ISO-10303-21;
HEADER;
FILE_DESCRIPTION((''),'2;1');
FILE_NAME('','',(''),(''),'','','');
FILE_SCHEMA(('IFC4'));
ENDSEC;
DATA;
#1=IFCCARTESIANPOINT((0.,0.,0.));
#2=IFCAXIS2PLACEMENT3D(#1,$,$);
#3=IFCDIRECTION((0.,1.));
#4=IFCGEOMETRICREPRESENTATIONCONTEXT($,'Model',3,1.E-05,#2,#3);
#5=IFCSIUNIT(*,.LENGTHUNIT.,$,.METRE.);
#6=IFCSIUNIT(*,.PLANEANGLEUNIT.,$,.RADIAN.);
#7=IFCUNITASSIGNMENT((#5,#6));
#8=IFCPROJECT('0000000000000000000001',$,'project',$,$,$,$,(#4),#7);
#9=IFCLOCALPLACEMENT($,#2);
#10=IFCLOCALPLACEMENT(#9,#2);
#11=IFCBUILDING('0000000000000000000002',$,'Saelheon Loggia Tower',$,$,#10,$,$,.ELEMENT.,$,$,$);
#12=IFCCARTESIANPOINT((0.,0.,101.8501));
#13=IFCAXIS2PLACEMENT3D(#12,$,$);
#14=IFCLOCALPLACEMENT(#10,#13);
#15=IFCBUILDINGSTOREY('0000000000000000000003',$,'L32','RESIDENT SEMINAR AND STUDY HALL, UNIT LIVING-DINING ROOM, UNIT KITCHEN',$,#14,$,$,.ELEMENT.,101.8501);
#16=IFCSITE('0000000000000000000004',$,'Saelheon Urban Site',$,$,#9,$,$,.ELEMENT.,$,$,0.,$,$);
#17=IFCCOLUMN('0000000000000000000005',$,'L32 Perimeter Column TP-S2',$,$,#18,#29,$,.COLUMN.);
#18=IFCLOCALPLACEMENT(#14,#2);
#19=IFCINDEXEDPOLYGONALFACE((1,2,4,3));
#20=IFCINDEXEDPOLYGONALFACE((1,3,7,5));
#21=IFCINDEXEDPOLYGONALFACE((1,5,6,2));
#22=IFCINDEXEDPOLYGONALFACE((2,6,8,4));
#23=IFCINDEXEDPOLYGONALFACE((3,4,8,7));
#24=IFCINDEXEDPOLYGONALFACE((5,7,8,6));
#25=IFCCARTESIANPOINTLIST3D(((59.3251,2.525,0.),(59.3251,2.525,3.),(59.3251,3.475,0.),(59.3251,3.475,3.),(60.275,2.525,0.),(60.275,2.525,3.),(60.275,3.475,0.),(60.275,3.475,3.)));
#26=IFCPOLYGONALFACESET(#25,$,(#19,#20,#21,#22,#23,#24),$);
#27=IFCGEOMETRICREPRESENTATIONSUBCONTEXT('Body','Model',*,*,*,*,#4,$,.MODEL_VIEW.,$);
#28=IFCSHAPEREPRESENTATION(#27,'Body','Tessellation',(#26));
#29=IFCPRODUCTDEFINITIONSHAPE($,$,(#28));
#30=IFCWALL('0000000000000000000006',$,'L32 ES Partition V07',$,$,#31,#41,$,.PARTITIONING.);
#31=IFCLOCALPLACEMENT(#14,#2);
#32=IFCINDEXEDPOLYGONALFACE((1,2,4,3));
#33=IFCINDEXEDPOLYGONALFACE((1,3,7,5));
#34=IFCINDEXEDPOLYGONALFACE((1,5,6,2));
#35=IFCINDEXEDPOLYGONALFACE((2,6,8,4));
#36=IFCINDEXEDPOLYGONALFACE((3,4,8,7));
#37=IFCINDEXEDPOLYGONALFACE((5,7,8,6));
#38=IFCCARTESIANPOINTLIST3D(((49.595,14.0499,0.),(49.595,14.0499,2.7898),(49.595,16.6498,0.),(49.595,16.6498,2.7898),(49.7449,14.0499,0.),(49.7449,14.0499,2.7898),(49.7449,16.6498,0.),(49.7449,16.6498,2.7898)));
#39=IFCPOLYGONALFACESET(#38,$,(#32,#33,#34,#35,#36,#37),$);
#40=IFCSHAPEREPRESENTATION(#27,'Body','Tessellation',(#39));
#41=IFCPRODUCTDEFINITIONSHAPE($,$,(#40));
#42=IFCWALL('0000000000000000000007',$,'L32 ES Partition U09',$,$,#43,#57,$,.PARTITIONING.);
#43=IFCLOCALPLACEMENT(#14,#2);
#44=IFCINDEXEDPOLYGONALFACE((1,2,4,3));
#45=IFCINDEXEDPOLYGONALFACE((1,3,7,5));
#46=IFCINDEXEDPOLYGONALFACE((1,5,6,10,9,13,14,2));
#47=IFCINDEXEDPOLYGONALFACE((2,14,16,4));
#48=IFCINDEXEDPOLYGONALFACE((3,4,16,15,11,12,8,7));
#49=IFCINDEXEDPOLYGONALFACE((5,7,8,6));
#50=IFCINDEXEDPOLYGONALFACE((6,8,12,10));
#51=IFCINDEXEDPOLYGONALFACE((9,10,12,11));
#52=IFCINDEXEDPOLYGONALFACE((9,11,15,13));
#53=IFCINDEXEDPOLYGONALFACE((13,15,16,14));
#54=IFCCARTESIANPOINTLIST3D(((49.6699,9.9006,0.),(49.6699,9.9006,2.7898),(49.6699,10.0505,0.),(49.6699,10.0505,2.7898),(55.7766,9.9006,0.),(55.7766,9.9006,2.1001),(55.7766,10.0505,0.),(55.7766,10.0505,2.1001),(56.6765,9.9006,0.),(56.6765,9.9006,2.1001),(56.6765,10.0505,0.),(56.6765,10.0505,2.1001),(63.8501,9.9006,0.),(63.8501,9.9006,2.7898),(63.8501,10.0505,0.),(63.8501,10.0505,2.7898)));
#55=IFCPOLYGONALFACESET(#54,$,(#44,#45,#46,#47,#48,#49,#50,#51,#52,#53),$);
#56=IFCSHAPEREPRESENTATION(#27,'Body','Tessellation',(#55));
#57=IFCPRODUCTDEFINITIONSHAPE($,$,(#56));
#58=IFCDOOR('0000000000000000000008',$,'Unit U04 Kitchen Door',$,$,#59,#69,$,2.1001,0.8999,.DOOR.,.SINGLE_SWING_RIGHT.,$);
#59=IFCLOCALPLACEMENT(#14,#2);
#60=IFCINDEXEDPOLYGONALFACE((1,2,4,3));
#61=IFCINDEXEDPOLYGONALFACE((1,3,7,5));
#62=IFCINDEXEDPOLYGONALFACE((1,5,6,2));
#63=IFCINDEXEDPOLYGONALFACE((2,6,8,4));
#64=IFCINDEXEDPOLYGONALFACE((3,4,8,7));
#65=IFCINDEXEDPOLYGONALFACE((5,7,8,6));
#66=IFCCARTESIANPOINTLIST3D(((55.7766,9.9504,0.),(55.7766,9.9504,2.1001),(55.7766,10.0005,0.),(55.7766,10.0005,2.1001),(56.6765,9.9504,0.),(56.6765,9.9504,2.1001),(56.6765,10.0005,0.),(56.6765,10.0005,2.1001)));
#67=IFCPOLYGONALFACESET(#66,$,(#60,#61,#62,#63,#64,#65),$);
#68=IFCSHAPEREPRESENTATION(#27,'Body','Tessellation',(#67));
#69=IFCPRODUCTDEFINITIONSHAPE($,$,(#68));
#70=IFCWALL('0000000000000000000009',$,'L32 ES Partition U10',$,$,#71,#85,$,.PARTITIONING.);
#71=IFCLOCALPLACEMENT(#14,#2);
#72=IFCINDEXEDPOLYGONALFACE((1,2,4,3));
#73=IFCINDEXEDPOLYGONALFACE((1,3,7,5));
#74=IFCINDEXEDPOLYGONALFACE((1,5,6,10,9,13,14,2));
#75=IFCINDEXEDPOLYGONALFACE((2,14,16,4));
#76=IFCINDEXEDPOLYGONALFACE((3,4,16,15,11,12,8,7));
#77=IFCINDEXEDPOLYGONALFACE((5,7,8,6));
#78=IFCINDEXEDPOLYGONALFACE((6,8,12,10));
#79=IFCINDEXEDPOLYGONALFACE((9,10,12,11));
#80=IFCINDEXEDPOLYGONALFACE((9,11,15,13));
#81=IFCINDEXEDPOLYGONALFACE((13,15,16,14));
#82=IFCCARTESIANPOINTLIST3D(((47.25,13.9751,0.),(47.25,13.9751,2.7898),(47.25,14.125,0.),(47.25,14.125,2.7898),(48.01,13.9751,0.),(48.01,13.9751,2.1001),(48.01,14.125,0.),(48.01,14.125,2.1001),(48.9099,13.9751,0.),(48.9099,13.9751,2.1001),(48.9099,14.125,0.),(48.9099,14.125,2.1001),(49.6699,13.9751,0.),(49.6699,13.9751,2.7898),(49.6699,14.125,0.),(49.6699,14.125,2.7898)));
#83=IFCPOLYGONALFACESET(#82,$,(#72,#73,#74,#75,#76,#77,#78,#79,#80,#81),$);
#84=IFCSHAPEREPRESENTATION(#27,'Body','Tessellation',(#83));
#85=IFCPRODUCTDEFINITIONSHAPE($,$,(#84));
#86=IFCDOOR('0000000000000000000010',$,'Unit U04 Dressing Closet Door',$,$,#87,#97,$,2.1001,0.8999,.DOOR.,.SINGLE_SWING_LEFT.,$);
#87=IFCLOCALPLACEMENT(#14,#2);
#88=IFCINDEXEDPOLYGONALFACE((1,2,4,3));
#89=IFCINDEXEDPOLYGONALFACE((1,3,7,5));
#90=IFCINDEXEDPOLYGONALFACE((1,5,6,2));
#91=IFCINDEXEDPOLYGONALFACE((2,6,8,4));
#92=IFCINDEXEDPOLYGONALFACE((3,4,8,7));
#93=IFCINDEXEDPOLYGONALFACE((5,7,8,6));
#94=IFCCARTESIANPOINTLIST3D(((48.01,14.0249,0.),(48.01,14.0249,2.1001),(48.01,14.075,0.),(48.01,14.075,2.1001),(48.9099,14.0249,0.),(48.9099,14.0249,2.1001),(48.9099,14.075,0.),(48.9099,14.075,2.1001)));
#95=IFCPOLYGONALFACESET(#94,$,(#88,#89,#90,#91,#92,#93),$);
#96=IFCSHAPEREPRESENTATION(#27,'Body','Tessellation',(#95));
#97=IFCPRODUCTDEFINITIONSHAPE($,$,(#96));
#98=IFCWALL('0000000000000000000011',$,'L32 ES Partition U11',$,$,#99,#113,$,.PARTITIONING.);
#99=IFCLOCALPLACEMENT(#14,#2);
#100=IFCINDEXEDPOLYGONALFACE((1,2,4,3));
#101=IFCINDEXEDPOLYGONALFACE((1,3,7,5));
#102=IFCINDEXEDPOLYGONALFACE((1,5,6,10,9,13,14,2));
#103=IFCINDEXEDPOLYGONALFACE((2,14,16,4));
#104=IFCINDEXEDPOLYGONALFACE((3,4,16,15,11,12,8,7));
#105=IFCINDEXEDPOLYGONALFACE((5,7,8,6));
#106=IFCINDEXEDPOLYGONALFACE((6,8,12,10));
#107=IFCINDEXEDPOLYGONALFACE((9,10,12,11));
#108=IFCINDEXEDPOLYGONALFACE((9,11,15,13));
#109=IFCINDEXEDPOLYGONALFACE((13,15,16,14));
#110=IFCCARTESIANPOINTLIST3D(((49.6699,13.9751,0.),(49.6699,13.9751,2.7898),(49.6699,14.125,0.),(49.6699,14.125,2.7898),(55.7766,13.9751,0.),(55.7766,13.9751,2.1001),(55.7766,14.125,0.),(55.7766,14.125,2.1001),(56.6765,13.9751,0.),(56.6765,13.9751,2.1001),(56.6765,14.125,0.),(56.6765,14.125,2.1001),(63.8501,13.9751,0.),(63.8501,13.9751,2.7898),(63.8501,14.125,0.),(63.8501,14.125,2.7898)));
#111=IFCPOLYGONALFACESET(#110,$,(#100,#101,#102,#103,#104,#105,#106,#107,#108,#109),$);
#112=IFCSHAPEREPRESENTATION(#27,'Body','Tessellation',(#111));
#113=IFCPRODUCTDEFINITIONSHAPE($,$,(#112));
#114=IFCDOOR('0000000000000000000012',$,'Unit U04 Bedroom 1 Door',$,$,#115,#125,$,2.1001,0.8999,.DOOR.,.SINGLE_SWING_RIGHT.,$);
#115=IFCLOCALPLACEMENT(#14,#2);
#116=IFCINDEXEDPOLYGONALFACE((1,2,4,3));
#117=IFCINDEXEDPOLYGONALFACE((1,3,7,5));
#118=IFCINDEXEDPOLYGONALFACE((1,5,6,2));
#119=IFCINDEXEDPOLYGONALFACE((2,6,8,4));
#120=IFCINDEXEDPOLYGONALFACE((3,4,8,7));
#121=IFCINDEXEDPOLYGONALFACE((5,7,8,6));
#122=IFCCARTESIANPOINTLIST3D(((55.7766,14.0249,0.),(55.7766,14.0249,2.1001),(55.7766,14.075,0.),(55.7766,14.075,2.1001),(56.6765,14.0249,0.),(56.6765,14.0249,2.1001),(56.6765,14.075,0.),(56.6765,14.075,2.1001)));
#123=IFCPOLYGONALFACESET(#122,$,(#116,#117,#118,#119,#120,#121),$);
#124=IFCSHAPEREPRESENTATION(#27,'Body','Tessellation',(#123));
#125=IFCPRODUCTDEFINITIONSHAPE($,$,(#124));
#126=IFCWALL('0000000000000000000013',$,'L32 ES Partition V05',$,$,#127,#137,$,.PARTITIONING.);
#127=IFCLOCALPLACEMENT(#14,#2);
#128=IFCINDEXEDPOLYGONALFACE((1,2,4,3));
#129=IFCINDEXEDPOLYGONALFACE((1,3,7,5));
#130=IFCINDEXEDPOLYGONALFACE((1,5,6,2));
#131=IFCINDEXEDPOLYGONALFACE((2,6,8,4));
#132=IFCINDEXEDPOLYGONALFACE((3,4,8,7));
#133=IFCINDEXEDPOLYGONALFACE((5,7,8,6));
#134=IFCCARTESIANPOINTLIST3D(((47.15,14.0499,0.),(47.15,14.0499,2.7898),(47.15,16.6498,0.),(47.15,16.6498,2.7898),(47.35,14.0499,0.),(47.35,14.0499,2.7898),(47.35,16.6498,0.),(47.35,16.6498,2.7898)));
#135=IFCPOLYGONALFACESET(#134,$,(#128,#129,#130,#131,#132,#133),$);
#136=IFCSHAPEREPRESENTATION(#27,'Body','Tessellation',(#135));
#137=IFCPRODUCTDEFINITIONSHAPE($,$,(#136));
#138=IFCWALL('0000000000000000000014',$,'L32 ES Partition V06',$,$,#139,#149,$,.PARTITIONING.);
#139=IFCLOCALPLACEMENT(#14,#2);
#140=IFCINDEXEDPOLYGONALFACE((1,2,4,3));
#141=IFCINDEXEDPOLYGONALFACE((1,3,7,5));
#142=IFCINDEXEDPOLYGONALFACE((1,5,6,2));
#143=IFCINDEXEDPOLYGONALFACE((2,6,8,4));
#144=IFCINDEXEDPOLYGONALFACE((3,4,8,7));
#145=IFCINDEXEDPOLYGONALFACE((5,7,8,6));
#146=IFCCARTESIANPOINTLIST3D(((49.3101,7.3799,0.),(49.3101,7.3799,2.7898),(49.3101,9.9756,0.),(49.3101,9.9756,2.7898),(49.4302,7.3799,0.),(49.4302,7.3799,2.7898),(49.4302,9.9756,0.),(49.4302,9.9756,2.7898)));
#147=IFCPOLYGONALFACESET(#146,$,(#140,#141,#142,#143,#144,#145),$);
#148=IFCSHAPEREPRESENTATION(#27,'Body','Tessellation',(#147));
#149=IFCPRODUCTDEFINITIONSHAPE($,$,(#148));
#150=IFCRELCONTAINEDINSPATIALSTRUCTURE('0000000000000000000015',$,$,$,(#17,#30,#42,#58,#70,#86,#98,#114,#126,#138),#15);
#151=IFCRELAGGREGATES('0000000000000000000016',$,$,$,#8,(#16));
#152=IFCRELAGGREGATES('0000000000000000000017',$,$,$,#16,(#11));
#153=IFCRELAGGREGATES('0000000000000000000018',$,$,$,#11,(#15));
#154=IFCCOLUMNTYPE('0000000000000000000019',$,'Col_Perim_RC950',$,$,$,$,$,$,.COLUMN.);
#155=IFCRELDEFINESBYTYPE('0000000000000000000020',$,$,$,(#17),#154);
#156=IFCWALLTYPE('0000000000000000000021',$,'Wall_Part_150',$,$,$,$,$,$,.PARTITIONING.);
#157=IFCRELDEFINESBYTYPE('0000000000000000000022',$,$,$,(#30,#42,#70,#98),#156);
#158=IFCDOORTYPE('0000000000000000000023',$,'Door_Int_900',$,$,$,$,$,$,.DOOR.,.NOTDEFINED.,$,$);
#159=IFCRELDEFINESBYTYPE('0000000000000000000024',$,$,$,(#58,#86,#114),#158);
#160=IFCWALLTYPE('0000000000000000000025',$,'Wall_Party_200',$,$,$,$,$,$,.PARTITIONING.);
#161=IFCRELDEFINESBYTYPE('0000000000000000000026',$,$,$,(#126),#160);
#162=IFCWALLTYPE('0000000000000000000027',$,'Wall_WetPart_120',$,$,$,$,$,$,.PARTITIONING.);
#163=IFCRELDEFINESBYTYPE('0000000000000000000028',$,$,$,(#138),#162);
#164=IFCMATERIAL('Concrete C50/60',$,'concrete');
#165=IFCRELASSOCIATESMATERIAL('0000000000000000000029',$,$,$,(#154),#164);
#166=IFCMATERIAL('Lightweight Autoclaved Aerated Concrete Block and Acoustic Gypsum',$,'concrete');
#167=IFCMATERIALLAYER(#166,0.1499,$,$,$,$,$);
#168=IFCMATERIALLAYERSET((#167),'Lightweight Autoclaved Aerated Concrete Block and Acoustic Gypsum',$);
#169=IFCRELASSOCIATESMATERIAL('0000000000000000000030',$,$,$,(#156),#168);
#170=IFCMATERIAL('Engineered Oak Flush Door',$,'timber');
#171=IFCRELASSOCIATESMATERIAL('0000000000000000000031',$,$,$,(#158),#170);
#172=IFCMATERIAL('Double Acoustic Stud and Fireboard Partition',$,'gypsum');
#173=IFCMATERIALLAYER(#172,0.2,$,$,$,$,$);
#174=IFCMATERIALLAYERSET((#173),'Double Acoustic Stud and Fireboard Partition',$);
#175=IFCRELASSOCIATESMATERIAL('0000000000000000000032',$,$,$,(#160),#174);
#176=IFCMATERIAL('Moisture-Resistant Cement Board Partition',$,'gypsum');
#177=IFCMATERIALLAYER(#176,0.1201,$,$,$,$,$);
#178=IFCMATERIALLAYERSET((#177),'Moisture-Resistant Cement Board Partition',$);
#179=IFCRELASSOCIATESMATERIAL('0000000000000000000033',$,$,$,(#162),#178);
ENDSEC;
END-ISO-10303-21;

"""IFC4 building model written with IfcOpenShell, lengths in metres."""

from ifc_helpers import new_model, si_unit, direction, frame, frame_2d, origin, origin_2d, place, context, subcontext, project, spatial, rectangle, extrude, source, transform, mapped, material, layer, layer_set, material_profile, profile_set, type_object, element, fill, save


model = new_model("IFC4")

# Units and contexts
model_context = context("Model", 3, precision=1e-05, world=origin(), true_north=direction((0.0, 1.0)))
body_context = subcontext(model_context, "Body", "Model", "MODEL_VIEW")
ifc_project = project(units=[si_unit("LENGTHUNIT", "METRE"), si_unit("PLANEANGLEUNIT", "RADIAN")], contexts=[model_context])

# Site, building, storey
site_placement = place(None, origin())
site = spatial("IfcSite", under=ifc_project, at=site_placement, Name="Saelheon Urban Site", CompositionType="ELEMENT", RefElevation=0.0)
building_placement = place(site_placement, origin())
building = spatial("IfcBuilding", under=site, at=building_placement, Name="Saelheon Loggia Tower", CompositionType="ELEMENT")
storey_placement = place(building_placement, frame((0.0, 0.0, 101.8501)))
storey = spatial("IfcBuildingStorey", under=building, at=storey_placement, Name="L32", Description="RESIDENT SEMINAR AND STUDY HALL, UNIT LIVING-DINING ROOM, UNIT KITCHEN", CompositionType="ELEMENT", Elevation=101.8501)

# Column
ifc_material_1 = material(Name="Concrete C50/60", Category="concrete")
ifc_material_profile = material_profile(ifc_material_1, rectangle(XDim=0.95, YDim=0.95, at=origin_2d()), Name="RC-950x950")
ifc_profile_set = profile_set([ifc_material_profile], Name="Concrete C50/60")
column_type = type_object("IfcColumnType", Name="Col_Perim_RC950", PredefinedType="COLUMN", material=ifc_profile_set)
shared_shape_1 = source(origin(), body_context, "Body", "SweptSolid", [
    extrude(rectangle(XDim=0.95, YDim=0.95, at=origin_2d()), origin(), (0.0, 0.0, 1.0), 3.0),
])
column_placement = place(storey_placement, frame((59.8, 3.0, 0.0), z_axis=(0.0, 0.0, 1.0), x_axis=(1.0, 0.0, 0.0)))
element("IfcColumn", 1, at=column_placement, inside=storey, type_object=column_type, Name="L32 Perimeter Column TP-S2", PredefinedType="COLUMN", context=body_context, shape_type="MappedRepresentation", body=[
    mapped(shared_shape_1, transform((0.0, 0.0, 0.0), scale=1.0)),
])

# Wall
ifc_material_2 = material(Name="Lightweight Autoclaved Aerated Concrete Block and Acoustic Gypsum", Category="concrete")
ifc_layer_1 = layer(ifc_material_2, 0.1499)
ifc_layer_set_1 = layer_set([ifc_layer_1], Name="Lightweight Autoclaved Aerated Concrete Block and Acoustic Gypsum")
wall_type_1 = type_object("IfcWallType", Name="Wall_Part_150", PredefinedType="PARTITIONING", material=ifc_layer_set_1)
wall_1_placement = place(storey_placement, frame((49.6699, 14.05, 0.0), z_axis=(0.0, 0.0, 1.0), x_axis=(0.0, 1.0, 0.0)))
element("IfcWall", 2, at=wall_1_placement, inside=storey, type_object=wall_type_1, Name="L32 ES Partition V07", PredefinedType="PARTITIONING", context=body_context, shape_type="SweptSolid", body=[
    extrude(rectangle(XDim=2.5999, YDim=0.1499, at=frame_2d((1.2998, 0.0))), origin(), (0.0, 0.0, 1.0), 2.7898),
])

# Walls, openings, doors
wall_2_placement = place(storey_placement, frame((49.6699, 9.9756, 0.0), z_axis=(0.0, 0.0, 1.0), x_axis=(1.0, 0.0, 0.0)))
wall_2 = element("IfcWall", 3, at=wall_2_placement, inside=storey, type_object=wall_type_1, Name="L32 ES Partition U09", PredefinedType="PARTITIONING", context=body_context, shape_type="SweptSolid", body=[
    extrude(rectangle(XDim=14.1802, YDim=0.1499, at=frame_2d((7.0901, 0.0))), origin(), (0.0, 0.0, 1.0), 2.7898),
])
opening_1_placement = place(wall_2_placement, frame((6.1067, 0.0, 0.0)))
opening_1 = element("IfcOpeningElement", 4, at=opening_1_placement, cuts=wall_2, PredefinedType="OPENING", context=body_context, shape_type="SweptSolid", body=[
    extrude(rectangle(XDim=0.8999, YDim=2.1001, at=frame_2d((0.45, 1.05))), frame((0.0, 0.0869, 0.0), z_axis=(0.0, -1.0, 0.0), x_axis=(1.0, 0.0, 0.0)), (0.0, 0.0, 1.0), 0.1738),
])
ifc_material_3 = material(Name="Engineered Oak Flush Door", Category="timber")
door_type = type_object("IfcDoorType", Name="Door_Int_900", OperationType="NOTDEFINED", PredefinedType="DOOR", material=ifc_material_3)
shared_shape_2 = source(origin(), body_context, "Body", "SweptSolid", [
    extrude(rectangle(XDim=0.8999, YDim=2.1001, at=frame_2d((0.45, 1.05))), frame((0.0, 0.0249, 0.0), z_axis=(0.0, -1.0, 0.0), x_axis=(1.0, 0.0, 0.0)), (0.0, 0.0, 1.0), 0.05),
])
door_1_placement = place(opening_1_placement, origin())
door_1 = element("IfcDoor", 5, at=door_1_placement, inside=storey, type_object=door_type, Name="Unit U04 Kitchen Door", OperationType="SINGLE_SWING_RIGHT", OverallHeight=2.1001, OverallWidth=0.8999, PredefinedType="DOOR", context=body_context, shape_type="MappedRepresentation", body=[
    mapped(shared_shape_2, transform((0.0, 0.0, 0.0), scale=1.0)),
])
fill(opening_1, door_1)
wall_3_placement = place(storey_placement, frame((47.25, 14.05, 0.0), z_axis=(0.0, 0.0, 1.0), x_axis=(1.0, 0.0, 0.0)))
wall_3 = element("IfcWall", 6, at=wall_3_placement, inside=storey, type_object=wall_type_1, Name="L32 ES Partition U10", PredefinedType="PARTITIONING", context=body_context, shape_type="SweptSolid", body=[
    extrude(rectangle(XDim=2.4199, YDim=0.1499, at=frame_2d((1.21, 0.0))), origin(), (0.0, 0.0, 1.0), 2.7898),
])
opening_2_placement = place(wall_3_placement, frame((0.76, 0.0, 0.0)))
opening_2 = element("IfcOpeningElement", 7, at=opening_2_placement, cuts=wall_3, PredefinedType="OPENING", context=body_context, shape_type="SweptSolid", body=[
    extrude(rectangle(XDim=0.8999, YDim=2.1001, at=frame_2d((0.45, 1.05))), frame((0.0, 0.0869, 0.0), z_axis=(0.0, -1.0, 0.0), x_axis=(1.0, 0.0, 0.0)), (0.0, 0.0, 1.0), 0.1738),
])
door_2_placement = place(opening_2_placement, origin())
door_2 = element("IfcDoor", 8, at=door_2_placement, inside=storey, type_object=door_type, Name="Unit U04 Dressing Closet Door", OperationType="SINGLE_SWING_LEFT", OverallHeight=2.1001, OverallWidth=0.8999, PredefinedType="DOOR", context=body_context, shape_type="MappedRepresentation", body=[
    mapped(shared_shape_2, transform((0.0, 0.0, 0.0), scale=1.0)),
])
fill(opening_2, door_2)
wall_4_placement = place(storey_placement, frame((49.6699, 14.05, 0.0), z_axis=(0.0, 0.0, 1.0), x_axis=(1.0, 0.0, 0.0)))
wall_4 = element("IfcWall", 9, at=wall_4_placement, inside=storey, type_object=wall_type_1, Name="L32 ES Partition U11", PredefinedType="PARTITIONING", context=body_context, shape_type="SweptSolid", body=[
    extrude(rectangle(XDim=14.1802, YDim=0.1499, at=frame_2d((7.0901, 0.0))), origin(), (0.0, 0.0, 1.0), 2.7898),
])
opening_3_placement = place(wall_4_placement, frame((6.1067, 0.0, 0.0)))
opening_3 = element("IfcOpeningElement", 10, at=opening_3_placement, cuts=wall_4, PredefinedType="OPENING", context=body_context, shape_type="SweptSolid", body=[
    extrude(rectangle(XDim=0.8999, YDim=2.1001, at=frame_2d((0.45, 1.05))), frame((0.0, 0.0869, 0.0), z_axis=(0.0, -1.0, 0.0), x_axis=(1.0, 0.0, 0.0)), (0.0, 0.0, 1.0), 0.1738),
])
door_3_placement = place(opening_3_placement, origin())
door_3 = element("IfcDoor", 11, at=door_3_placement, inside=storey, type_object=door_type, Name="Unit U04 Bedroom 1 Door", OperationType="SINGLE_SWING_RIGHT", OverallHeight=2.1001, OverallWidth=0.8999, PredefinedType="DOOR", context=body_context, shape_type="MappedRepresentation", body=[
    mapped(shared_shape_2, transform((0.0, 0.0, 0.0), scale=1.0)),
])
fill(opening_3, door_3)

# Walls
ifc_material_4 = material(Name="Double Acoustic Stud and Fireboard Partition", Category="gypsum")
ifc_layer_2 = layer(ifc_material_4, 0.2)
ifc_layer_set_2 = layer_set([ifc_layer_2], Name="Double Acoustic Stud and Fireboard Partition")
wall_type_2 = type_object("IfcWallType", Name="Wall_Party_200", PredefinedType="PARTITIONING", material=ifc_layer_set_2)
wall_5_placement = place(storey_placement, frame((47.25, 14.05, 0.0), z_axis=(0.0, 0.0, 1.0), x_axis=(0.0, 1.0, 0.0)))
element("IfcWall", 12, at=wall_5_placement, inside=storey, type_object=wall_type_2, Name="L32 ES Partition V05", PredefinedType="PARTITIONING", context=body_context, shape_type="SweptSolid", body=[
    extrude(rectangle(XDim=2.5999, YDim=0.2, at=frame_2d((1.2998, 0.0))), origin(), (0.0, 0.0, 1.0), 2.7898),
])
ifc_material_5 = material(Name="Moisture-Resistant Cement Board Partition", Category="gypsum")
ifc_layer_3 = layer(ifc_material_5, 0.1201)
ifc_layer_set_3 = layer_set([ifc_layer_3], Name="Moisture-Resistant Cement Board Partition")
wall_type_3 = type_object("IfcWallType", Name="Wall_WetPart_120", PredefinedType="PARTITIONING", material=ifc_layer_set_3)
wall_6_placement = place(storey_placement, frame((49.3701, 7.3799, 0.0), z_axis=(0.0, 0.0, 1.0), x_axis=(0.0, 1.0, 0.0)))
element("IfcWall", 13, at=wall_6_placement, inside=storey, type_object=wall_type_3, Name="L32 ES Partition V06", PredefinedType="PARTITIONING", context=body_context, shape_type="SweptSolid", body=[
    extrude(rectangle(XDim=2.5957, YDim=0.1201, at=frame_2d((1.2979, 0.0))), origin(), (0.0, 0.0, 1.0), 2.7898),
])

save(model, "model.ifc")
